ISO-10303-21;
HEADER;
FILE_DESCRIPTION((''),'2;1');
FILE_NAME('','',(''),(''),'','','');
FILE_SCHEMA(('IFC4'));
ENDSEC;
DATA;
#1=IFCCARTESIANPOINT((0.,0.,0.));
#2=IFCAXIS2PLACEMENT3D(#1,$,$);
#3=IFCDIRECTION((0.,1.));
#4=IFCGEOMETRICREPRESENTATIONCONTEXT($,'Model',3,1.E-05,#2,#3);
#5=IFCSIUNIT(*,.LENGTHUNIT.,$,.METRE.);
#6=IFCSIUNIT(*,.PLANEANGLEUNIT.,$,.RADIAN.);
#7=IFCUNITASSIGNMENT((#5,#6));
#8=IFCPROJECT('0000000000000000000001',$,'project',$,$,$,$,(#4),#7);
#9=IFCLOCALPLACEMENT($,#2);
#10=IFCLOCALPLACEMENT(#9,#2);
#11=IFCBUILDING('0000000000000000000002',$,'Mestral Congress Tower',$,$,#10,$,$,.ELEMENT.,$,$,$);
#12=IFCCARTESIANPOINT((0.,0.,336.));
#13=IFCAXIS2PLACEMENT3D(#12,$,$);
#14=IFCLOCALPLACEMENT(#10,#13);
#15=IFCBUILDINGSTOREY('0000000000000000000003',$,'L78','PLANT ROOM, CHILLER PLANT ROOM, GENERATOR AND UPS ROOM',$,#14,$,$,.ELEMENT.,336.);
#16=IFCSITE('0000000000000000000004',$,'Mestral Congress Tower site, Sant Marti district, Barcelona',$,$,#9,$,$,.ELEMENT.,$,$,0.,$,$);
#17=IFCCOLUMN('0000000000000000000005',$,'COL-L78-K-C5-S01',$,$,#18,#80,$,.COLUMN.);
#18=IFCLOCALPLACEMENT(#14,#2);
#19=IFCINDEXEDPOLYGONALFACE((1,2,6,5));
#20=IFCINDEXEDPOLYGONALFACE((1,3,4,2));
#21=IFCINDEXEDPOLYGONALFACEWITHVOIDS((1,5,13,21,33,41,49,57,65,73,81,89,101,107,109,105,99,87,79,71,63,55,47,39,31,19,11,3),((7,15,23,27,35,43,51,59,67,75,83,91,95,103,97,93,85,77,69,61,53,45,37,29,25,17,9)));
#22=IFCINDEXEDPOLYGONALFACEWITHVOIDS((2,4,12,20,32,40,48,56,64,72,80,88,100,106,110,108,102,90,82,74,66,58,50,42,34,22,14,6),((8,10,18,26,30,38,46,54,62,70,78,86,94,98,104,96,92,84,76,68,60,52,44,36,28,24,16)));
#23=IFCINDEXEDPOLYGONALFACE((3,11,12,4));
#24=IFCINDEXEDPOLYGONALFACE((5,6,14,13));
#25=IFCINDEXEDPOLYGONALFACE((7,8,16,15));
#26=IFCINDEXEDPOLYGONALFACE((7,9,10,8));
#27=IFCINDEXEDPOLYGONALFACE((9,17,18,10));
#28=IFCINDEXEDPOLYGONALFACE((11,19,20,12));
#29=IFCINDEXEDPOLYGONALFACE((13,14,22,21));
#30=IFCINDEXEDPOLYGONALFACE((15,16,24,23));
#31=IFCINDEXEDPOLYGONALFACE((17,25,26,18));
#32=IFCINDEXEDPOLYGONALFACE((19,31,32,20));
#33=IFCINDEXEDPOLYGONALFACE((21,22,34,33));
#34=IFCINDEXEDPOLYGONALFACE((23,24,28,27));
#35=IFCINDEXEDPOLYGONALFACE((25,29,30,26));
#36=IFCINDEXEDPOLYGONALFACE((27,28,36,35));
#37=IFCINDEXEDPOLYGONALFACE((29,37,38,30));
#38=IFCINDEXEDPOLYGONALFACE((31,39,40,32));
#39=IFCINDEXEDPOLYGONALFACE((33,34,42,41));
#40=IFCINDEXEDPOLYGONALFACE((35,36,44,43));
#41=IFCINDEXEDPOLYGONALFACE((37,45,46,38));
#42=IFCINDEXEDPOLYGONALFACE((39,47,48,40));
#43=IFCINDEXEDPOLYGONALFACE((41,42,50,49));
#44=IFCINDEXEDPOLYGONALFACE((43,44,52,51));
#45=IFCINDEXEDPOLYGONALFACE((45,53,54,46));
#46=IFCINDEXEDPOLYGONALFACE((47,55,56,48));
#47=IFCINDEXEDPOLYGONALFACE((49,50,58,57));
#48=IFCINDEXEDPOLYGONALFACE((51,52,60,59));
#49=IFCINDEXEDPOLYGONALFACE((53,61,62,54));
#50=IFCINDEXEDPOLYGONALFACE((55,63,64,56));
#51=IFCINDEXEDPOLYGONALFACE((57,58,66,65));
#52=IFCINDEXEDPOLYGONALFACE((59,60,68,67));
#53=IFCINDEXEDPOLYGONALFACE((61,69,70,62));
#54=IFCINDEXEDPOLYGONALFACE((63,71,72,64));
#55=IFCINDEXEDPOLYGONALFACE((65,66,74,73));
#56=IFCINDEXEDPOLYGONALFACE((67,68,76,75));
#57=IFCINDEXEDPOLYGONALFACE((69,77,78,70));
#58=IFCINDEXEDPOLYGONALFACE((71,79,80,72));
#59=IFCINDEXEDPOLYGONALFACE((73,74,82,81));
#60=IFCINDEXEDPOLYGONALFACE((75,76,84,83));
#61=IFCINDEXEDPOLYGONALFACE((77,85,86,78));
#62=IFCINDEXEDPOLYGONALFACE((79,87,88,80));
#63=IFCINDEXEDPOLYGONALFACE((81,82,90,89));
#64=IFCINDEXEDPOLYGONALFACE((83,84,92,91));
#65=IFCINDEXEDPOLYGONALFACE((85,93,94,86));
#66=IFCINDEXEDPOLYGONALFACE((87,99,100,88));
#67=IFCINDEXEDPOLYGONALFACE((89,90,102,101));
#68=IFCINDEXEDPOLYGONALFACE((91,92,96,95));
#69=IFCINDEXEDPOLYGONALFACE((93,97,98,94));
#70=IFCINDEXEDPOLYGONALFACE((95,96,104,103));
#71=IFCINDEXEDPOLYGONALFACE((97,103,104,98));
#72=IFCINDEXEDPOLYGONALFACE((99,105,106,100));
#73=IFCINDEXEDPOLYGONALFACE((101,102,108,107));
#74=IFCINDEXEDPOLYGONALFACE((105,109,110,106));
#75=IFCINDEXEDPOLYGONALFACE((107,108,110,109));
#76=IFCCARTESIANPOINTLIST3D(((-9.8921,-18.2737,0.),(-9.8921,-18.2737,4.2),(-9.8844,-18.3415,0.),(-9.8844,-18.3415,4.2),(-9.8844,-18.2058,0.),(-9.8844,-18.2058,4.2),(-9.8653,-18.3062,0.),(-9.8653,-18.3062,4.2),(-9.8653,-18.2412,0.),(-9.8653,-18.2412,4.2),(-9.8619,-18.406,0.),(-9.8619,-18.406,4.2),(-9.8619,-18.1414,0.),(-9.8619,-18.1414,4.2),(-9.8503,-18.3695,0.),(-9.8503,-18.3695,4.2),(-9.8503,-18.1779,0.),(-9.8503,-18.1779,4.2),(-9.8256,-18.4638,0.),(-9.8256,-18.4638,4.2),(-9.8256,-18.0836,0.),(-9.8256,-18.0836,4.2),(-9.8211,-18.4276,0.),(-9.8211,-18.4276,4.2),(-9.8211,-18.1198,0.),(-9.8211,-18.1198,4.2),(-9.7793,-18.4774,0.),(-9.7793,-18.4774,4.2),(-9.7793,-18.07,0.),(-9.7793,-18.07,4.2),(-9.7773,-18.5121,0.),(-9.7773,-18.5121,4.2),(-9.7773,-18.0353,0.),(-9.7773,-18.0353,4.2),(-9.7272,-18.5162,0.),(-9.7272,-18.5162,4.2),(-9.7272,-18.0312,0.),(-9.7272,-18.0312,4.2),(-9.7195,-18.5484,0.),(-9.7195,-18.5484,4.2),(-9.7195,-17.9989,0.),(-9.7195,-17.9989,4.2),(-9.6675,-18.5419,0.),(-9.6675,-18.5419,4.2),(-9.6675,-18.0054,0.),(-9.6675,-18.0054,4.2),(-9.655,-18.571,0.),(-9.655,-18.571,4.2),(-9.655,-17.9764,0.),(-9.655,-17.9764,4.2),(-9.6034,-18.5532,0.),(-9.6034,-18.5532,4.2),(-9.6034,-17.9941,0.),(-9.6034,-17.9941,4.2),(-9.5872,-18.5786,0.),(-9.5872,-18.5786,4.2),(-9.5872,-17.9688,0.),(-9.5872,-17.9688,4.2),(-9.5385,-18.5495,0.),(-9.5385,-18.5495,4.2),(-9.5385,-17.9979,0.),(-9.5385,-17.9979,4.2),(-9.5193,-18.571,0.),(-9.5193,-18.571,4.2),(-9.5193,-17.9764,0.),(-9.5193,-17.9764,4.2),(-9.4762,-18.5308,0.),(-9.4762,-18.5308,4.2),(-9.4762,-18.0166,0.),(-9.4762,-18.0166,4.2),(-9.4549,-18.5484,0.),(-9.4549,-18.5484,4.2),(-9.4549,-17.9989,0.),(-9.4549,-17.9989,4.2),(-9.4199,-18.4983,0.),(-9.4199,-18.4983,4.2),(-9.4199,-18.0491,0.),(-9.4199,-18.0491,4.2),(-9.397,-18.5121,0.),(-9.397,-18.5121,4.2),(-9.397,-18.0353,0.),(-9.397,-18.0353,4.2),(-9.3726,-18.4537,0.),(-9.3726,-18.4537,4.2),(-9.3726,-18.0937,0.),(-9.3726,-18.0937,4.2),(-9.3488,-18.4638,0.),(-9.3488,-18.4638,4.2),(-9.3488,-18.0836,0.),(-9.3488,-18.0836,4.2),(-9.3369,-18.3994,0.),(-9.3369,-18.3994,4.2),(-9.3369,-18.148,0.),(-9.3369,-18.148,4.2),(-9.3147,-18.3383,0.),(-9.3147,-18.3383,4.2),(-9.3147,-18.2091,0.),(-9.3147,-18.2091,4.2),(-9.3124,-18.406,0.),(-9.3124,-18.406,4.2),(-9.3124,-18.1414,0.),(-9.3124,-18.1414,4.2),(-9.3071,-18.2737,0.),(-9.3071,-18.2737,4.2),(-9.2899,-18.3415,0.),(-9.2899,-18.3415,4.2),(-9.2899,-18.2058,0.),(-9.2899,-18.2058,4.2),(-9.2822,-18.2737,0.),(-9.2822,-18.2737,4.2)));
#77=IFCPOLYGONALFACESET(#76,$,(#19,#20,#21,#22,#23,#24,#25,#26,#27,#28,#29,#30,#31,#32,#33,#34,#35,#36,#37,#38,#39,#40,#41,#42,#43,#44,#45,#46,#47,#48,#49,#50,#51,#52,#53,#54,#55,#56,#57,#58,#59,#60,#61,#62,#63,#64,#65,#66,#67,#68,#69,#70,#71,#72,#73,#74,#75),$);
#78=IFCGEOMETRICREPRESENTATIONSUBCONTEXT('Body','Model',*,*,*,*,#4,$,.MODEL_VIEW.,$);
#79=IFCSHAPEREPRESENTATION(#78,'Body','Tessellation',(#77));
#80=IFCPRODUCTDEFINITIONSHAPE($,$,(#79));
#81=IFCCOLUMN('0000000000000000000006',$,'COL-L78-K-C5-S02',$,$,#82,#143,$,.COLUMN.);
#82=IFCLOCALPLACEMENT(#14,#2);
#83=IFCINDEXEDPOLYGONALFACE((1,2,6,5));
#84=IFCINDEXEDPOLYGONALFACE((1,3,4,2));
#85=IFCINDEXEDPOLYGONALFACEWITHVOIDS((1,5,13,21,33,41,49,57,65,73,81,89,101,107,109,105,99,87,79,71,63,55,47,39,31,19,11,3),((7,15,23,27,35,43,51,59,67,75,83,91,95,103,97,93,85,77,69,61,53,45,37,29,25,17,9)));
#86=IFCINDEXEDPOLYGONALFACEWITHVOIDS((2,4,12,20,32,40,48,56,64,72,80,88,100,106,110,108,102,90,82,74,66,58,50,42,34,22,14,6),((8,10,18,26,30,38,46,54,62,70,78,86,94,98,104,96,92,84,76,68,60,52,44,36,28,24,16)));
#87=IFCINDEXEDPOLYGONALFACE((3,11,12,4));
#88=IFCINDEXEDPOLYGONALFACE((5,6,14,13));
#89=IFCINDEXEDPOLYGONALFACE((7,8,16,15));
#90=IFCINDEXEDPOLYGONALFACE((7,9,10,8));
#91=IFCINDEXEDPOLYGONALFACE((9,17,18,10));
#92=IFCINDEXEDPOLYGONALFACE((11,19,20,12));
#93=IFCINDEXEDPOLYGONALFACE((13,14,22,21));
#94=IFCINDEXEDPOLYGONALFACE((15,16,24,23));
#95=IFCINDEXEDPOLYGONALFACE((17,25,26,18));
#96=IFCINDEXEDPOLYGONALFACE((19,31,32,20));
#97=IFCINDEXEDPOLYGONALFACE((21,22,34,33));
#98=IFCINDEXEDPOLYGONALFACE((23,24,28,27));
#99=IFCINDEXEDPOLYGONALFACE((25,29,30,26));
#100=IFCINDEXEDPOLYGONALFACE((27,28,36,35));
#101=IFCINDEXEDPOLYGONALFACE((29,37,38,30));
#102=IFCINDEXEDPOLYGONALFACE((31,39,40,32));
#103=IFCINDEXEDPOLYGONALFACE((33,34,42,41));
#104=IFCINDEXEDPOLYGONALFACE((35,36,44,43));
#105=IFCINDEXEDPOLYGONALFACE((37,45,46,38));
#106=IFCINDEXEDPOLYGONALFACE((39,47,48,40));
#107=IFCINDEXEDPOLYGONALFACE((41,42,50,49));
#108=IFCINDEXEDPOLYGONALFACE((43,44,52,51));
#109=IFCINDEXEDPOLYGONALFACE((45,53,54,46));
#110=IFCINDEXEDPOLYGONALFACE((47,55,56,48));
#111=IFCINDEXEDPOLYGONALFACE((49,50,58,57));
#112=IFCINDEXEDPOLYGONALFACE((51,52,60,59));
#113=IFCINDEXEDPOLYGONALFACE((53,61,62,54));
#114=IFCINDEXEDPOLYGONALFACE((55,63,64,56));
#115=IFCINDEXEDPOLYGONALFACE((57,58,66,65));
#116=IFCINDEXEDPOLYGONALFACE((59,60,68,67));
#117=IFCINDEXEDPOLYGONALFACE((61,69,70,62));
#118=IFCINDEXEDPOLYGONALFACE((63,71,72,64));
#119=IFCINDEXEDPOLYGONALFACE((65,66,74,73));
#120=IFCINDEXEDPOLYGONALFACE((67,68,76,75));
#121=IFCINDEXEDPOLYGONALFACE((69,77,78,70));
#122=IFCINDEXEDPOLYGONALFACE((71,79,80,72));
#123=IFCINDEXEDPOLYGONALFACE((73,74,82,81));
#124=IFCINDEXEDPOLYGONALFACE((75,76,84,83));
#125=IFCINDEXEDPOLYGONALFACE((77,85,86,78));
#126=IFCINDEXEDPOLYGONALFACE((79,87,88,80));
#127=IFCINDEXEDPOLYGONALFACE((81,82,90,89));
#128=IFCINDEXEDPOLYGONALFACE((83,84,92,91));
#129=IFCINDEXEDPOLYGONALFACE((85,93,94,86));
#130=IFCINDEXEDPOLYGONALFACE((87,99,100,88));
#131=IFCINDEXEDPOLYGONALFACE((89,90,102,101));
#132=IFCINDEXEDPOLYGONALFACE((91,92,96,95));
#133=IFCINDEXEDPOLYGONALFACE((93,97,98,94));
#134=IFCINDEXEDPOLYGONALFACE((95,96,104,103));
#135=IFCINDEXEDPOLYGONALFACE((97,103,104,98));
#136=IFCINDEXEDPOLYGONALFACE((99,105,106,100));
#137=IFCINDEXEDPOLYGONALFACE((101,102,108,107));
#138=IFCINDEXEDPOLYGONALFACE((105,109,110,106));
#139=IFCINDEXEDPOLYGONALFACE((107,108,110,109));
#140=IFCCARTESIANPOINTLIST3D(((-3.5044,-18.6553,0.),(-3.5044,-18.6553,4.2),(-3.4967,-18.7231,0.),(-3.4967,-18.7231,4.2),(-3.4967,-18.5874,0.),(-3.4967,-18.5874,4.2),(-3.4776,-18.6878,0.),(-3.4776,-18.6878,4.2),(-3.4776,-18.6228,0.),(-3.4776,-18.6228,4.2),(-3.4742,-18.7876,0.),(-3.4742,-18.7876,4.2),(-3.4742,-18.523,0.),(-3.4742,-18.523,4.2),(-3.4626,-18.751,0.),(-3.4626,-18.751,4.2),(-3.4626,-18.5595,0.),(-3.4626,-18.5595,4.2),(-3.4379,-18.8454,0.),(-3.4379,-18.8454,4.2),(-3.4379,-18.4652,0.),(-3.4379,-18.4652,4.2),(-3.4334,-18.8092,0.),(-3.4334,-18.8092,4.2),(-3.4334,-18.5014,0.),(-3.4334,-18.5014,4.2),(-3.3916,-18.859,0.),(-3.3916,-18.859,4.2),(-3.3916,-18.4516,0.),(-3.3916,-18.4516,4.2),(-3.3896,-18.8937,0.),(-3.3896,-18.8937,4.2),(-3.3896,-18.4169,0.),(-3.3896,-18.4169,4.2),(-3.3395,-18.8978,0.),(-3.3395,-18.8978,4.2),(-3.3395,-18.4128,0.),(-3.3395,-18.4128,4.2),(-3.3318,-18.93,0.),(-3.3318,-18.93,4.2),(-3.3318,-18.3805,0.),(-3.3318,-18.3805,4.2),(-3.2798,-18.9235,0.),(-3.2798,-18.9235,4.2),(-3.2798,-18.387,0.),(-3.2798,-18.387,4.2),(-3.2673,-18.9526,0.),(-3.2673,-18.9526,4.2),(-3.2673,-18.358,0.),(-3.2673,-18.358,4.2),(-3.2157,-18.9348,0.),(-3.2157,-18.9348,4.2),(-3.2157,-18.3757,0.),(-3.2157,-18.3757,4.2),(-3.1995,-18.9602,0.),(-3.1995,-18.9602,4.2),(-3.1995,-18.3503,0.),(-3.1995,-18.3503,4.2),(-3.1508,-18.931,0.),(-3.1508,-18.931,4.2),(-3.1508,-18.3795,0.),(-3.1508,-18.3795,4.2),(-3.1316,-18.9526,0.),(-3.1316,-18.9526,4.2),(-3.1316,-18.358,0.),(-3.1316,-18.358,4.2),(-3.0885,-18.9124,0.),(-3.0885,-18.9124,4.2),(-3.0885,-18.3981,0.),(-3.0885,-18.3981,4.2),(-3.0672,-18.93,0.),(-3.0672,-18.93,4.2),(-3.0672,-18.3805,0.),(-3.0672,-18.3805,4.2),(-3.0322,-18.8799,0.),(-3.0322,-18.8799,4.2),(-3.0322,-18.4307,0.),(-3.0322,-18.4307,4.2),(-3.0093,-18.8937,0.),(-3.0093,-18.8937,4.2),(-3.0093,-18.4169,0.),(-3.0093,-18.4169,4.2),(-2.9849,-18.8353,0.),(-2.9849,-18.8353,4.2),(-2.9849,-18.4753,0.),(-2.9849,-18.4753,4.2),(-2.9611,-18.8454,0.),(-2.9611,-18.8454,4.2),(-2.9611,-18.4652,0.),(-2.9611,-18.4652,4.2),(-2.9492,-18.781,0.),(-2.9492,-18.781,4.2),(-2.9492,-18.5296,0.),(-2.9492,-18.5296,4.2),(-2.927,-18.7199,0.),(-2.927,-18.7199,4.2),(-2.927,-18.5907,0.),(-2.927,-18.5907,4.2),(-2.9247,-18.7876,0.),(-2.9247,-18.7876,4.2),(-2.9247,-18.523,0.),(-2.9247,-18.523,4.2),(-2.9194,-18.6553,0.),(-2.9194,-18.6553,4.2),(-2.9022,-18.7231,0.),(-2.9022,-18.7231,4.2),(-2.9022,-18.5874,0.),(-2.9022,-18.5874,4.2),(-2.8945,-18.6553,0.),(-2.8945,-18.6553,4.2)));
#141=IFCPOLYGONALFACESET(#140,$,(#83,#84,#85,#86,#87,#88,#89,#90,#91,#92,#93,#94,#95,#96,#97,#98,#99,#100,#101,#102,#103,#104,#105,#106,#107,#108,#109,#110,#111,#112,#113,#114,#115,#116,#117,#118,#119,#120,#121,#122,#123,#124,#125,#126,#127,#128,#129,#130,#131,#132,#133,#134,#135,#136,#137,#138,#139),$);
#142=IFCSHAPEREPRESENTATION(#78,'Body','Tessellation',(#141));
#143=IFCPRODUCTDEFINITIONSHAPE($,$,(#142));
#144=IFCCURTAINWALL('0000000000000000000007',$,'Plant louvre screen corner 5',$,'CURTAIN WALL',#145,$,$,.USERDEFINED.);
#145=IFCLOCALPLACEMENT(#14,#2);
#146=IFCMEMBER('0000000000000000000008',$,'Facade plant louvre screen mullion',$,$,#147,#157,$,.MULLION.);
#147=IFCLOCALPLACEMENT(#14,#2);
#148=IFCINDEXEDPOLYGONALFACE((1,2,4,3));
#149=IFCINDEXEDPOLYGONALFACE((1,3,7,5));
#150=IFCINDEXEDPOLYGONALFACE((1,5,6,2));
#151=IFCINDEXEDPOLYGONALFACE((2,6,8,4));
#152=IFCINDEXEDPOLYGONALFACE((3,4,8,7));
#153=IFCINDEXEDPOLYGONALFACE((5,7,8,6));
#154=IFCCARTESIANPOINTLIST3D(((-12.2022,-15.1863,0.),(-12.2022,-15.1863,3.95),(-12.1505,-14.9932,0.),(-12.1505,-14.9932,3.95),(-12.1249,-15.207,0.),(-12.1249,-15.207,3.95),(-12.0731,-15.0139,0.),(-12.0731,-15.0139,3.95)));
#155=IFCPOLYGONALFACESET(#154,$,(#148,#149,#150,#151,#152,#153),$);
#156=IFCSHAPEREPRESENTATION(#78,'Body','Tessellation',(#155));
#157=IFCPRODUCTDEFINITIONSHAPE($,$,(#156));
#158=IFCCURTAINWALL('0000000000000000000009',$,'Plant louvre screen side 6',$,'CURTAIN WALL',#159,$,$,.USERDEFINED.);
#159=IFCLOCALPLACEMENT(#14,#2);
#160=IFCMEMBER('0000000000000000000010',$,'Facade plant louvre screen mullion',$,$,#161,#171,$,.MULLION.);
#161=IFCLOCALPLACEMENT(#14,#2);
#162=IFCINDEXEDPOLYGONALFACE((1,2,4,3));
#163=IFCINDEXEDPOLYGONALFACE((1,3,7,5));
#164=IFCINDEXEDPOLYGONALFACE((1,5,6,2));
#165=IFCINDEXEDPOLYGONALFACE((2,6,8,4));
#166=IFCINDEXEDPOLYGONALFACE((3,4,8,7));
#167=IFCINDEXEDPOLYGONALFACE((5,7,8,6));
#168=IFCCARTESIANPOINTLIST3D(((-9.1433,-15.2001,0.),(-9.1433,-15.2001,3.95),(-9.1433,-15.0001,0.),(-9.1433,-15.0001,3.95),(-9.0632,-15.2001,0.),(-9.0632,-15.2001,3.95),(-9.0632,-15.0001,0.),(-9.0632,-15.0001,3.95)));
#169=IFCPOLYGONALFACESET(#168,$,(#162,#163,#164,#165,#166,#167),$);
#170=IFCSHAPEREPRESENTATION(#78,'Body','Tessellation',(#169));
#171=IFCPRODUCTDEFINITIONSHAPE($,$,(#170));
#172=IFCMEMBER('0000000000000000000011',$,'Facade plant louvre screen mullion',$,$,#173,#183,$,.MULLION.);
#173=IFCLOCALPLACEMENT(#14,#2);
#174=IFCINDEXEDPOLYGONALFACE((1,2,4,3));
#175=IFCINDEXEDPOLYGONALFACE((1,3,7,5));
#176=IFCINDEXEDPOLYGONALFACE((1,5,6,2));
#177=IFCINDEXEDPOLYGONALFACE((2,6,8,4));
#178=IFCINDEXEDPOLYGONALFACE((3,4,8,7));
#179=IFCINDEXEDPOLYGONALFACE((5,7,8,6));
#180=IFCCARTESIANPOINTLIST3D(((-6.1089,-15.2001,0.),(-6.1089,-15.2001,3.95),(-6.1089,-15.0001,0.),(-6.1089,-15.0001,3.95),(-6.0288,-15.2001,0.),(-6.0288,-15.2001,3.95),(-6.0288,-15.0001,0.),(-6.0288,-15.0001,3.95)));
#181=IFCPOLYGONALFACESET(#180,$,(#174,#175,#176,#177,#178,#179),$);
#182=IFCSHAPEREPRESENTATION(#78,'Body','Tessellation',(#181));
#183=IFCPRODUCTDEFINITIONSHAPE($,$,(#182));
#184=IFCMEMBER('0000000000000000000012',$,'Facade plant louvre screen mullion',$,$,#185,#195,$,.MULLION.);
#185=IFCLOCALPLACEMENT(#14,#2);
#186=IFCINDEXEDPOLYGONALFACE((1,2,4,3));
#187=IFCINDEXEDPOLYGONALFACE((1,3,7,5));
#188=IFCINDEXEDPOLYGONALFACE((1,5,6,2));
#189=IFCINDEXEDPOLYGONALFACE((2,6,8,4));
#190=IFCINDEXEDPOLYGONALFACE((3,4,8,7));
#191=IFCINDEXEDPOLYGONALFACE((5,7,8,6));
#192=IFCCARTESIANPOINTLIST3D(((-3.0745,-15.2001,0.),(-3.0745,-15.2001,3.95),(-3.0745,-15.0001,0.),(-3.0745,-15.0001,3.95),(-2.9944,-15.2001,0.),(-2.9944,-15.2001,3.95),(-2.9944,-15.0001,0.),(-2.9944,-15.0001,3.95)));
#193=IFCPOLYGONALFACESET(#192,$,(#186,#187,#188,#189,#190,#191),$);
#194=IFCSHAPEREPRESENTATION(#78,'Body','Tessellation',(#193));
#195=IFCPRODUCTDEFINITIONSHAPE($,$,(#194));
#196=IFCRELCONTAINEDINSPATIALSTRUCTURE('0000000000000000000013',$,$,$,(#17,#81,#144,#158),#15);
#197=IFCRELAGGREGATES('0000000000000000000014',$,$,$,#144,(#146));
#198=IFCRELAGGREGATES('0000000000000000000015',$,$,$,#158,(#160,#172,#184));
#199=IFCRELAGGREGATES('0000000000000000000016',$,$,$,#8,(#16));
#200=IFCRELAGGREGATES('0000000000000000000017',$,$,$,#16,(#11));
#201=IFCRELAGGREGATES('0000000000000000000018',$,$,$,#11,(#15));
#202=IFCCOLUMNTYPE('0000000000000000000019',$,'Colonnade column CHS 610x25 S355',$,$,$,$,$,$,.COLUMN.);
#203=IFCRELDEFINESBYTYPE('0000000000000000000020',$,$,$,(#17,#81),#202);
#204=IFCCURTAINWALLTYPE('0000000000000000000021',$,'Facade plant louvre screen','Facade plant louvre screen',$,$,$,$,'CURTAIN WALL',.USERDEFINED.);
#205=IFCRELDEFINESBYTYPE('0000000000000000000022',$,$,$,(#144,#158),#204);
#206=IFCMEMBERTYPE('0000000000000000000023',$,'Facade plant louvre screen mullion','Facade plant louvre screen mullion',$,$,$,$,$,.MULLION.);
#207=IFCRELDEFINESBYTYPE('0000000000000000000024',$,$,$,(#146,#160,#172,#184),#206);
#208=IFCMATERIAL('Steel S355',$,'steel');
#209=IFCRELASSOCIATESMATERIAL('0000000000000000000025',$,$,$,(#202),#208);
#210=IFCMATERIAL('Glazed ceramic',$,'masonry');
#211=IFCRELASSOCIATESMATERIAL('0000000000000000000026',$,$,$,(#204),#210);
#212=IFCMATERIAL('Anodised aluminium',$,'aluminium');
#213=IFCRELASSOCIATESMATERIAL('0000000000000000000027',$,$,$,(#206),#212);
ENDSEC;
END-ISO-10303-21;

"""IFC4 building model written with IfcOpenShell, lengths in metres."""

from ifc_helpers import new_model, si_unit, direction, frame, origin, origin_2d, place, context, subcontext, project, spatial, rectangle, hollow_circle, extrude, material, material_profile, profile_set, type_object, element, aggregate, save


model = new_model("IFC4")

# Units and contexts
model_context = context("Model", 3, precision=1e-05, world=origin(), true_north=direction((0.0, 1.0)))
body_context = subcontext(model_context, "Body", "Model", "MODEL_VIEW")
ifc_project = project(units=[si_unit("LENGTHUNIT", "METRE"), si_unit("PLANEANGLEUNIT", "RADIAN")], contexts=[model_context])

# Site, building, storey
site_placement = place(None, origin())
site = spatial("IfcSite", under=ifc_project, at=site_placement, Name="Mestral Congress Tower site, Sant Marti district, Barcelona", CompositionType="ELEMENT", RefElevation=0.0)
building_placement = place(site_placement, origin())
building = spatial("IfcBuilding", under=site, at=building_placement, Name="Mestral Congress Tower", CompositionType="ELEMENT")
storey_placement = place(building_placement, frame((0.0, 0.0, 336.0)))
storey = spatial("IfcBuildingStorey", under=building, at=storey_placement, Name="L78", Description="PLANT ROOM, CHILLER PLANT ROOM, GENERATOR AND UPS ROOM", CompositionType="ELEMENT", Elevation=336.0)

# Columns
ifc_material_1 = material(Name="Steel S355", Category="steel")
ifc_material_profile_1 = material_profile(ifc_material_1, hollow_circle(Radius=0.3049, WallThickness=0.0249, at=origin_2d()), Name="CHS 610x25")
ifc_profile_set_1 = profile_set([ifc_material_profile_1], Name="Steel S355")
column_type = type_object("IfcColumnType", Name="Colonnade column CHS 610x25 S355", PredefinedType="COLUMN", material=ifc_profile_set_1)
for number, where, z_axis, x_axis, name in (
    (1, (-9.5872, -18.2737, 0.0), (0.0, 0.0, 1.0), (1.0, 0.0, 0.0), "COL-L78-K-C5-S01"),
    (2, (-3.1995, -18.6553, 0.0), (0.0, 0.0, 1.0), (1.0, 0.0, 0.0), "COL-L78-K-C5-S02"),
):
    element("IfcColumn", number, at=place(storey_placement, frame(where, z_axis=z_axis, x_axis=x_axis)), inside=storey, type_object=column_type, Name=name, PredefinedType="COLUMN", context=body_context, shape_type="SweptSolid", body=[
        extrude(hollow_circle(Radius=0.3049, WallThickness=0.0249, at=origin_2d()), origin(), (0.0, 0.0, 1.0), 4.2),
    ])

# Curtain wall, member
ifc_material_2 = material(Name="Glazed ceramic", Category="masonry")
curtain_wall_type = type_object("IfcCurtainWallType", Name="Facade plant louvre screen", Description="Facade plant louvre screen", ElementType="CURTAIN WALL", PredefinedType="USERDEFINED", material=ifc_material_2)
placement = place(storey_placement, origin())
curtain_wall_1 = element("IfcCurtainWall", 3, at=placement, inside=storey, type_object=curtain_wall_type, Name="Plant louvre screen corner 5", ObjectType="CURTAIN WALL", PredefinedType="USERDEFINED")
ifc_material_3 = material(Name="Anodised aluminium", Category="aluminium")
ifc_material_profile_2 = material_profile(ifc_material_3, rectangle(XDim=0.2, YDim=0.0801, at=origin_2d()), Name="CW6 mullion 200 x 80")
ifc_profile_set_2 = profile_set([ifc_material_profile_2], Name="Anodised aluminium")
member_type_1 = type_object("IfcMemberType", Name="Facade plant louvre screen mullion", Description="Facade plant louvre screen mullion", PredefinedType="MULLION", material=ifc_profile_set_2)
member_1_placement = place(storey_placement, frame((-12.1377, -15.1001, 0.0), z_axis=(0.0, 0.0, 1.0), x_axis=(-0.258819, -0.965926, 0.0)))
member_1 = element("IfcMember", 4, at=member_1_placement, type_object=member_type_1, Name="Facade plant louvre screen mullion", PredefinedType="MULLION", context=body_context, shape_type="SweptSolid", body=[
    extrude(rectangle(XDim=0.2, YDim=0.0801, at=origin_2d()), origin(), (0.0, 0.0, 1.0), 3.95),
])
aggregate(curtain_wall_1, [member_1])

# Curtain wall, members
curtain_wall_2 = element("IfcCurtainWall", 5, at=placement, inside=storey, type_object=curtain_wall_type, Name="Plant louvre screen side 6", ObjectType="CURTAIN WALL", PredefinedType="USERDEFINED")
member_2_placement = place(storey_placement, frame((-9.1033, -15.1001, 0.0), z_axis=(0.0, 0.0, 1.0), x_axis=(0.0, -1.0, 0.0)))
member_2 = element("IfcMember", 6, at=member_2_placement, type_object=member_type_1, Name="Facade plant louvre screen mullion", PredefinedType="MULLION", context=body_context, shape_type="SweptSolid", body=[
    extrude(rectangle(XDim=0.2, YDim=0.0801, at=origin_2d()), origin(), (0.0, 0.0, 1.0), 3.95),
])
member_3_placement = place(storey_placement, frame((-6.0688, -15.1001, 0.0), z_axis=(0.0, 0.0, 1.0), x_axis=(0.0, -1.0, 0.0)))
member_3 = element("IfcMember", 7, at=member_3_placement, type_object=member_type_1, Name="Facade plant louvre screen mullion", PredefinedType="MULLION", context=body_context, shape_type="SweptSolid", body=[
    extrude(rectangle(XDim=0.2, YDim=0.0801, at=origin_2d()), origin(), (0.0, 0.0, 1.0), 3.95),
])
member_4_placement = place(storey_placement, frame((-3.0344, -15.1001, 0.0), z_axis=(0.0, 0.0, 1.0), x_axis=(0.0, -1.0, 0.0)))
member_4 = element("IfcMember", 8, at=member_4_placement, type_object=member_type_1, Name="Facade plant louvre screen mullion", PredefinedType="MULLION", context=body_context, shape_type="SweptSolid", body=[
    extrude(rectangle(XDim=0.2, YDim=0.0801, at=origin_2d()), origin(), (0.0, 0.0, 1.0), 3.95),
])

aggregate(curtain_wall_2, [member_2, member_3, member_4])

save(model, "model.ifc")
